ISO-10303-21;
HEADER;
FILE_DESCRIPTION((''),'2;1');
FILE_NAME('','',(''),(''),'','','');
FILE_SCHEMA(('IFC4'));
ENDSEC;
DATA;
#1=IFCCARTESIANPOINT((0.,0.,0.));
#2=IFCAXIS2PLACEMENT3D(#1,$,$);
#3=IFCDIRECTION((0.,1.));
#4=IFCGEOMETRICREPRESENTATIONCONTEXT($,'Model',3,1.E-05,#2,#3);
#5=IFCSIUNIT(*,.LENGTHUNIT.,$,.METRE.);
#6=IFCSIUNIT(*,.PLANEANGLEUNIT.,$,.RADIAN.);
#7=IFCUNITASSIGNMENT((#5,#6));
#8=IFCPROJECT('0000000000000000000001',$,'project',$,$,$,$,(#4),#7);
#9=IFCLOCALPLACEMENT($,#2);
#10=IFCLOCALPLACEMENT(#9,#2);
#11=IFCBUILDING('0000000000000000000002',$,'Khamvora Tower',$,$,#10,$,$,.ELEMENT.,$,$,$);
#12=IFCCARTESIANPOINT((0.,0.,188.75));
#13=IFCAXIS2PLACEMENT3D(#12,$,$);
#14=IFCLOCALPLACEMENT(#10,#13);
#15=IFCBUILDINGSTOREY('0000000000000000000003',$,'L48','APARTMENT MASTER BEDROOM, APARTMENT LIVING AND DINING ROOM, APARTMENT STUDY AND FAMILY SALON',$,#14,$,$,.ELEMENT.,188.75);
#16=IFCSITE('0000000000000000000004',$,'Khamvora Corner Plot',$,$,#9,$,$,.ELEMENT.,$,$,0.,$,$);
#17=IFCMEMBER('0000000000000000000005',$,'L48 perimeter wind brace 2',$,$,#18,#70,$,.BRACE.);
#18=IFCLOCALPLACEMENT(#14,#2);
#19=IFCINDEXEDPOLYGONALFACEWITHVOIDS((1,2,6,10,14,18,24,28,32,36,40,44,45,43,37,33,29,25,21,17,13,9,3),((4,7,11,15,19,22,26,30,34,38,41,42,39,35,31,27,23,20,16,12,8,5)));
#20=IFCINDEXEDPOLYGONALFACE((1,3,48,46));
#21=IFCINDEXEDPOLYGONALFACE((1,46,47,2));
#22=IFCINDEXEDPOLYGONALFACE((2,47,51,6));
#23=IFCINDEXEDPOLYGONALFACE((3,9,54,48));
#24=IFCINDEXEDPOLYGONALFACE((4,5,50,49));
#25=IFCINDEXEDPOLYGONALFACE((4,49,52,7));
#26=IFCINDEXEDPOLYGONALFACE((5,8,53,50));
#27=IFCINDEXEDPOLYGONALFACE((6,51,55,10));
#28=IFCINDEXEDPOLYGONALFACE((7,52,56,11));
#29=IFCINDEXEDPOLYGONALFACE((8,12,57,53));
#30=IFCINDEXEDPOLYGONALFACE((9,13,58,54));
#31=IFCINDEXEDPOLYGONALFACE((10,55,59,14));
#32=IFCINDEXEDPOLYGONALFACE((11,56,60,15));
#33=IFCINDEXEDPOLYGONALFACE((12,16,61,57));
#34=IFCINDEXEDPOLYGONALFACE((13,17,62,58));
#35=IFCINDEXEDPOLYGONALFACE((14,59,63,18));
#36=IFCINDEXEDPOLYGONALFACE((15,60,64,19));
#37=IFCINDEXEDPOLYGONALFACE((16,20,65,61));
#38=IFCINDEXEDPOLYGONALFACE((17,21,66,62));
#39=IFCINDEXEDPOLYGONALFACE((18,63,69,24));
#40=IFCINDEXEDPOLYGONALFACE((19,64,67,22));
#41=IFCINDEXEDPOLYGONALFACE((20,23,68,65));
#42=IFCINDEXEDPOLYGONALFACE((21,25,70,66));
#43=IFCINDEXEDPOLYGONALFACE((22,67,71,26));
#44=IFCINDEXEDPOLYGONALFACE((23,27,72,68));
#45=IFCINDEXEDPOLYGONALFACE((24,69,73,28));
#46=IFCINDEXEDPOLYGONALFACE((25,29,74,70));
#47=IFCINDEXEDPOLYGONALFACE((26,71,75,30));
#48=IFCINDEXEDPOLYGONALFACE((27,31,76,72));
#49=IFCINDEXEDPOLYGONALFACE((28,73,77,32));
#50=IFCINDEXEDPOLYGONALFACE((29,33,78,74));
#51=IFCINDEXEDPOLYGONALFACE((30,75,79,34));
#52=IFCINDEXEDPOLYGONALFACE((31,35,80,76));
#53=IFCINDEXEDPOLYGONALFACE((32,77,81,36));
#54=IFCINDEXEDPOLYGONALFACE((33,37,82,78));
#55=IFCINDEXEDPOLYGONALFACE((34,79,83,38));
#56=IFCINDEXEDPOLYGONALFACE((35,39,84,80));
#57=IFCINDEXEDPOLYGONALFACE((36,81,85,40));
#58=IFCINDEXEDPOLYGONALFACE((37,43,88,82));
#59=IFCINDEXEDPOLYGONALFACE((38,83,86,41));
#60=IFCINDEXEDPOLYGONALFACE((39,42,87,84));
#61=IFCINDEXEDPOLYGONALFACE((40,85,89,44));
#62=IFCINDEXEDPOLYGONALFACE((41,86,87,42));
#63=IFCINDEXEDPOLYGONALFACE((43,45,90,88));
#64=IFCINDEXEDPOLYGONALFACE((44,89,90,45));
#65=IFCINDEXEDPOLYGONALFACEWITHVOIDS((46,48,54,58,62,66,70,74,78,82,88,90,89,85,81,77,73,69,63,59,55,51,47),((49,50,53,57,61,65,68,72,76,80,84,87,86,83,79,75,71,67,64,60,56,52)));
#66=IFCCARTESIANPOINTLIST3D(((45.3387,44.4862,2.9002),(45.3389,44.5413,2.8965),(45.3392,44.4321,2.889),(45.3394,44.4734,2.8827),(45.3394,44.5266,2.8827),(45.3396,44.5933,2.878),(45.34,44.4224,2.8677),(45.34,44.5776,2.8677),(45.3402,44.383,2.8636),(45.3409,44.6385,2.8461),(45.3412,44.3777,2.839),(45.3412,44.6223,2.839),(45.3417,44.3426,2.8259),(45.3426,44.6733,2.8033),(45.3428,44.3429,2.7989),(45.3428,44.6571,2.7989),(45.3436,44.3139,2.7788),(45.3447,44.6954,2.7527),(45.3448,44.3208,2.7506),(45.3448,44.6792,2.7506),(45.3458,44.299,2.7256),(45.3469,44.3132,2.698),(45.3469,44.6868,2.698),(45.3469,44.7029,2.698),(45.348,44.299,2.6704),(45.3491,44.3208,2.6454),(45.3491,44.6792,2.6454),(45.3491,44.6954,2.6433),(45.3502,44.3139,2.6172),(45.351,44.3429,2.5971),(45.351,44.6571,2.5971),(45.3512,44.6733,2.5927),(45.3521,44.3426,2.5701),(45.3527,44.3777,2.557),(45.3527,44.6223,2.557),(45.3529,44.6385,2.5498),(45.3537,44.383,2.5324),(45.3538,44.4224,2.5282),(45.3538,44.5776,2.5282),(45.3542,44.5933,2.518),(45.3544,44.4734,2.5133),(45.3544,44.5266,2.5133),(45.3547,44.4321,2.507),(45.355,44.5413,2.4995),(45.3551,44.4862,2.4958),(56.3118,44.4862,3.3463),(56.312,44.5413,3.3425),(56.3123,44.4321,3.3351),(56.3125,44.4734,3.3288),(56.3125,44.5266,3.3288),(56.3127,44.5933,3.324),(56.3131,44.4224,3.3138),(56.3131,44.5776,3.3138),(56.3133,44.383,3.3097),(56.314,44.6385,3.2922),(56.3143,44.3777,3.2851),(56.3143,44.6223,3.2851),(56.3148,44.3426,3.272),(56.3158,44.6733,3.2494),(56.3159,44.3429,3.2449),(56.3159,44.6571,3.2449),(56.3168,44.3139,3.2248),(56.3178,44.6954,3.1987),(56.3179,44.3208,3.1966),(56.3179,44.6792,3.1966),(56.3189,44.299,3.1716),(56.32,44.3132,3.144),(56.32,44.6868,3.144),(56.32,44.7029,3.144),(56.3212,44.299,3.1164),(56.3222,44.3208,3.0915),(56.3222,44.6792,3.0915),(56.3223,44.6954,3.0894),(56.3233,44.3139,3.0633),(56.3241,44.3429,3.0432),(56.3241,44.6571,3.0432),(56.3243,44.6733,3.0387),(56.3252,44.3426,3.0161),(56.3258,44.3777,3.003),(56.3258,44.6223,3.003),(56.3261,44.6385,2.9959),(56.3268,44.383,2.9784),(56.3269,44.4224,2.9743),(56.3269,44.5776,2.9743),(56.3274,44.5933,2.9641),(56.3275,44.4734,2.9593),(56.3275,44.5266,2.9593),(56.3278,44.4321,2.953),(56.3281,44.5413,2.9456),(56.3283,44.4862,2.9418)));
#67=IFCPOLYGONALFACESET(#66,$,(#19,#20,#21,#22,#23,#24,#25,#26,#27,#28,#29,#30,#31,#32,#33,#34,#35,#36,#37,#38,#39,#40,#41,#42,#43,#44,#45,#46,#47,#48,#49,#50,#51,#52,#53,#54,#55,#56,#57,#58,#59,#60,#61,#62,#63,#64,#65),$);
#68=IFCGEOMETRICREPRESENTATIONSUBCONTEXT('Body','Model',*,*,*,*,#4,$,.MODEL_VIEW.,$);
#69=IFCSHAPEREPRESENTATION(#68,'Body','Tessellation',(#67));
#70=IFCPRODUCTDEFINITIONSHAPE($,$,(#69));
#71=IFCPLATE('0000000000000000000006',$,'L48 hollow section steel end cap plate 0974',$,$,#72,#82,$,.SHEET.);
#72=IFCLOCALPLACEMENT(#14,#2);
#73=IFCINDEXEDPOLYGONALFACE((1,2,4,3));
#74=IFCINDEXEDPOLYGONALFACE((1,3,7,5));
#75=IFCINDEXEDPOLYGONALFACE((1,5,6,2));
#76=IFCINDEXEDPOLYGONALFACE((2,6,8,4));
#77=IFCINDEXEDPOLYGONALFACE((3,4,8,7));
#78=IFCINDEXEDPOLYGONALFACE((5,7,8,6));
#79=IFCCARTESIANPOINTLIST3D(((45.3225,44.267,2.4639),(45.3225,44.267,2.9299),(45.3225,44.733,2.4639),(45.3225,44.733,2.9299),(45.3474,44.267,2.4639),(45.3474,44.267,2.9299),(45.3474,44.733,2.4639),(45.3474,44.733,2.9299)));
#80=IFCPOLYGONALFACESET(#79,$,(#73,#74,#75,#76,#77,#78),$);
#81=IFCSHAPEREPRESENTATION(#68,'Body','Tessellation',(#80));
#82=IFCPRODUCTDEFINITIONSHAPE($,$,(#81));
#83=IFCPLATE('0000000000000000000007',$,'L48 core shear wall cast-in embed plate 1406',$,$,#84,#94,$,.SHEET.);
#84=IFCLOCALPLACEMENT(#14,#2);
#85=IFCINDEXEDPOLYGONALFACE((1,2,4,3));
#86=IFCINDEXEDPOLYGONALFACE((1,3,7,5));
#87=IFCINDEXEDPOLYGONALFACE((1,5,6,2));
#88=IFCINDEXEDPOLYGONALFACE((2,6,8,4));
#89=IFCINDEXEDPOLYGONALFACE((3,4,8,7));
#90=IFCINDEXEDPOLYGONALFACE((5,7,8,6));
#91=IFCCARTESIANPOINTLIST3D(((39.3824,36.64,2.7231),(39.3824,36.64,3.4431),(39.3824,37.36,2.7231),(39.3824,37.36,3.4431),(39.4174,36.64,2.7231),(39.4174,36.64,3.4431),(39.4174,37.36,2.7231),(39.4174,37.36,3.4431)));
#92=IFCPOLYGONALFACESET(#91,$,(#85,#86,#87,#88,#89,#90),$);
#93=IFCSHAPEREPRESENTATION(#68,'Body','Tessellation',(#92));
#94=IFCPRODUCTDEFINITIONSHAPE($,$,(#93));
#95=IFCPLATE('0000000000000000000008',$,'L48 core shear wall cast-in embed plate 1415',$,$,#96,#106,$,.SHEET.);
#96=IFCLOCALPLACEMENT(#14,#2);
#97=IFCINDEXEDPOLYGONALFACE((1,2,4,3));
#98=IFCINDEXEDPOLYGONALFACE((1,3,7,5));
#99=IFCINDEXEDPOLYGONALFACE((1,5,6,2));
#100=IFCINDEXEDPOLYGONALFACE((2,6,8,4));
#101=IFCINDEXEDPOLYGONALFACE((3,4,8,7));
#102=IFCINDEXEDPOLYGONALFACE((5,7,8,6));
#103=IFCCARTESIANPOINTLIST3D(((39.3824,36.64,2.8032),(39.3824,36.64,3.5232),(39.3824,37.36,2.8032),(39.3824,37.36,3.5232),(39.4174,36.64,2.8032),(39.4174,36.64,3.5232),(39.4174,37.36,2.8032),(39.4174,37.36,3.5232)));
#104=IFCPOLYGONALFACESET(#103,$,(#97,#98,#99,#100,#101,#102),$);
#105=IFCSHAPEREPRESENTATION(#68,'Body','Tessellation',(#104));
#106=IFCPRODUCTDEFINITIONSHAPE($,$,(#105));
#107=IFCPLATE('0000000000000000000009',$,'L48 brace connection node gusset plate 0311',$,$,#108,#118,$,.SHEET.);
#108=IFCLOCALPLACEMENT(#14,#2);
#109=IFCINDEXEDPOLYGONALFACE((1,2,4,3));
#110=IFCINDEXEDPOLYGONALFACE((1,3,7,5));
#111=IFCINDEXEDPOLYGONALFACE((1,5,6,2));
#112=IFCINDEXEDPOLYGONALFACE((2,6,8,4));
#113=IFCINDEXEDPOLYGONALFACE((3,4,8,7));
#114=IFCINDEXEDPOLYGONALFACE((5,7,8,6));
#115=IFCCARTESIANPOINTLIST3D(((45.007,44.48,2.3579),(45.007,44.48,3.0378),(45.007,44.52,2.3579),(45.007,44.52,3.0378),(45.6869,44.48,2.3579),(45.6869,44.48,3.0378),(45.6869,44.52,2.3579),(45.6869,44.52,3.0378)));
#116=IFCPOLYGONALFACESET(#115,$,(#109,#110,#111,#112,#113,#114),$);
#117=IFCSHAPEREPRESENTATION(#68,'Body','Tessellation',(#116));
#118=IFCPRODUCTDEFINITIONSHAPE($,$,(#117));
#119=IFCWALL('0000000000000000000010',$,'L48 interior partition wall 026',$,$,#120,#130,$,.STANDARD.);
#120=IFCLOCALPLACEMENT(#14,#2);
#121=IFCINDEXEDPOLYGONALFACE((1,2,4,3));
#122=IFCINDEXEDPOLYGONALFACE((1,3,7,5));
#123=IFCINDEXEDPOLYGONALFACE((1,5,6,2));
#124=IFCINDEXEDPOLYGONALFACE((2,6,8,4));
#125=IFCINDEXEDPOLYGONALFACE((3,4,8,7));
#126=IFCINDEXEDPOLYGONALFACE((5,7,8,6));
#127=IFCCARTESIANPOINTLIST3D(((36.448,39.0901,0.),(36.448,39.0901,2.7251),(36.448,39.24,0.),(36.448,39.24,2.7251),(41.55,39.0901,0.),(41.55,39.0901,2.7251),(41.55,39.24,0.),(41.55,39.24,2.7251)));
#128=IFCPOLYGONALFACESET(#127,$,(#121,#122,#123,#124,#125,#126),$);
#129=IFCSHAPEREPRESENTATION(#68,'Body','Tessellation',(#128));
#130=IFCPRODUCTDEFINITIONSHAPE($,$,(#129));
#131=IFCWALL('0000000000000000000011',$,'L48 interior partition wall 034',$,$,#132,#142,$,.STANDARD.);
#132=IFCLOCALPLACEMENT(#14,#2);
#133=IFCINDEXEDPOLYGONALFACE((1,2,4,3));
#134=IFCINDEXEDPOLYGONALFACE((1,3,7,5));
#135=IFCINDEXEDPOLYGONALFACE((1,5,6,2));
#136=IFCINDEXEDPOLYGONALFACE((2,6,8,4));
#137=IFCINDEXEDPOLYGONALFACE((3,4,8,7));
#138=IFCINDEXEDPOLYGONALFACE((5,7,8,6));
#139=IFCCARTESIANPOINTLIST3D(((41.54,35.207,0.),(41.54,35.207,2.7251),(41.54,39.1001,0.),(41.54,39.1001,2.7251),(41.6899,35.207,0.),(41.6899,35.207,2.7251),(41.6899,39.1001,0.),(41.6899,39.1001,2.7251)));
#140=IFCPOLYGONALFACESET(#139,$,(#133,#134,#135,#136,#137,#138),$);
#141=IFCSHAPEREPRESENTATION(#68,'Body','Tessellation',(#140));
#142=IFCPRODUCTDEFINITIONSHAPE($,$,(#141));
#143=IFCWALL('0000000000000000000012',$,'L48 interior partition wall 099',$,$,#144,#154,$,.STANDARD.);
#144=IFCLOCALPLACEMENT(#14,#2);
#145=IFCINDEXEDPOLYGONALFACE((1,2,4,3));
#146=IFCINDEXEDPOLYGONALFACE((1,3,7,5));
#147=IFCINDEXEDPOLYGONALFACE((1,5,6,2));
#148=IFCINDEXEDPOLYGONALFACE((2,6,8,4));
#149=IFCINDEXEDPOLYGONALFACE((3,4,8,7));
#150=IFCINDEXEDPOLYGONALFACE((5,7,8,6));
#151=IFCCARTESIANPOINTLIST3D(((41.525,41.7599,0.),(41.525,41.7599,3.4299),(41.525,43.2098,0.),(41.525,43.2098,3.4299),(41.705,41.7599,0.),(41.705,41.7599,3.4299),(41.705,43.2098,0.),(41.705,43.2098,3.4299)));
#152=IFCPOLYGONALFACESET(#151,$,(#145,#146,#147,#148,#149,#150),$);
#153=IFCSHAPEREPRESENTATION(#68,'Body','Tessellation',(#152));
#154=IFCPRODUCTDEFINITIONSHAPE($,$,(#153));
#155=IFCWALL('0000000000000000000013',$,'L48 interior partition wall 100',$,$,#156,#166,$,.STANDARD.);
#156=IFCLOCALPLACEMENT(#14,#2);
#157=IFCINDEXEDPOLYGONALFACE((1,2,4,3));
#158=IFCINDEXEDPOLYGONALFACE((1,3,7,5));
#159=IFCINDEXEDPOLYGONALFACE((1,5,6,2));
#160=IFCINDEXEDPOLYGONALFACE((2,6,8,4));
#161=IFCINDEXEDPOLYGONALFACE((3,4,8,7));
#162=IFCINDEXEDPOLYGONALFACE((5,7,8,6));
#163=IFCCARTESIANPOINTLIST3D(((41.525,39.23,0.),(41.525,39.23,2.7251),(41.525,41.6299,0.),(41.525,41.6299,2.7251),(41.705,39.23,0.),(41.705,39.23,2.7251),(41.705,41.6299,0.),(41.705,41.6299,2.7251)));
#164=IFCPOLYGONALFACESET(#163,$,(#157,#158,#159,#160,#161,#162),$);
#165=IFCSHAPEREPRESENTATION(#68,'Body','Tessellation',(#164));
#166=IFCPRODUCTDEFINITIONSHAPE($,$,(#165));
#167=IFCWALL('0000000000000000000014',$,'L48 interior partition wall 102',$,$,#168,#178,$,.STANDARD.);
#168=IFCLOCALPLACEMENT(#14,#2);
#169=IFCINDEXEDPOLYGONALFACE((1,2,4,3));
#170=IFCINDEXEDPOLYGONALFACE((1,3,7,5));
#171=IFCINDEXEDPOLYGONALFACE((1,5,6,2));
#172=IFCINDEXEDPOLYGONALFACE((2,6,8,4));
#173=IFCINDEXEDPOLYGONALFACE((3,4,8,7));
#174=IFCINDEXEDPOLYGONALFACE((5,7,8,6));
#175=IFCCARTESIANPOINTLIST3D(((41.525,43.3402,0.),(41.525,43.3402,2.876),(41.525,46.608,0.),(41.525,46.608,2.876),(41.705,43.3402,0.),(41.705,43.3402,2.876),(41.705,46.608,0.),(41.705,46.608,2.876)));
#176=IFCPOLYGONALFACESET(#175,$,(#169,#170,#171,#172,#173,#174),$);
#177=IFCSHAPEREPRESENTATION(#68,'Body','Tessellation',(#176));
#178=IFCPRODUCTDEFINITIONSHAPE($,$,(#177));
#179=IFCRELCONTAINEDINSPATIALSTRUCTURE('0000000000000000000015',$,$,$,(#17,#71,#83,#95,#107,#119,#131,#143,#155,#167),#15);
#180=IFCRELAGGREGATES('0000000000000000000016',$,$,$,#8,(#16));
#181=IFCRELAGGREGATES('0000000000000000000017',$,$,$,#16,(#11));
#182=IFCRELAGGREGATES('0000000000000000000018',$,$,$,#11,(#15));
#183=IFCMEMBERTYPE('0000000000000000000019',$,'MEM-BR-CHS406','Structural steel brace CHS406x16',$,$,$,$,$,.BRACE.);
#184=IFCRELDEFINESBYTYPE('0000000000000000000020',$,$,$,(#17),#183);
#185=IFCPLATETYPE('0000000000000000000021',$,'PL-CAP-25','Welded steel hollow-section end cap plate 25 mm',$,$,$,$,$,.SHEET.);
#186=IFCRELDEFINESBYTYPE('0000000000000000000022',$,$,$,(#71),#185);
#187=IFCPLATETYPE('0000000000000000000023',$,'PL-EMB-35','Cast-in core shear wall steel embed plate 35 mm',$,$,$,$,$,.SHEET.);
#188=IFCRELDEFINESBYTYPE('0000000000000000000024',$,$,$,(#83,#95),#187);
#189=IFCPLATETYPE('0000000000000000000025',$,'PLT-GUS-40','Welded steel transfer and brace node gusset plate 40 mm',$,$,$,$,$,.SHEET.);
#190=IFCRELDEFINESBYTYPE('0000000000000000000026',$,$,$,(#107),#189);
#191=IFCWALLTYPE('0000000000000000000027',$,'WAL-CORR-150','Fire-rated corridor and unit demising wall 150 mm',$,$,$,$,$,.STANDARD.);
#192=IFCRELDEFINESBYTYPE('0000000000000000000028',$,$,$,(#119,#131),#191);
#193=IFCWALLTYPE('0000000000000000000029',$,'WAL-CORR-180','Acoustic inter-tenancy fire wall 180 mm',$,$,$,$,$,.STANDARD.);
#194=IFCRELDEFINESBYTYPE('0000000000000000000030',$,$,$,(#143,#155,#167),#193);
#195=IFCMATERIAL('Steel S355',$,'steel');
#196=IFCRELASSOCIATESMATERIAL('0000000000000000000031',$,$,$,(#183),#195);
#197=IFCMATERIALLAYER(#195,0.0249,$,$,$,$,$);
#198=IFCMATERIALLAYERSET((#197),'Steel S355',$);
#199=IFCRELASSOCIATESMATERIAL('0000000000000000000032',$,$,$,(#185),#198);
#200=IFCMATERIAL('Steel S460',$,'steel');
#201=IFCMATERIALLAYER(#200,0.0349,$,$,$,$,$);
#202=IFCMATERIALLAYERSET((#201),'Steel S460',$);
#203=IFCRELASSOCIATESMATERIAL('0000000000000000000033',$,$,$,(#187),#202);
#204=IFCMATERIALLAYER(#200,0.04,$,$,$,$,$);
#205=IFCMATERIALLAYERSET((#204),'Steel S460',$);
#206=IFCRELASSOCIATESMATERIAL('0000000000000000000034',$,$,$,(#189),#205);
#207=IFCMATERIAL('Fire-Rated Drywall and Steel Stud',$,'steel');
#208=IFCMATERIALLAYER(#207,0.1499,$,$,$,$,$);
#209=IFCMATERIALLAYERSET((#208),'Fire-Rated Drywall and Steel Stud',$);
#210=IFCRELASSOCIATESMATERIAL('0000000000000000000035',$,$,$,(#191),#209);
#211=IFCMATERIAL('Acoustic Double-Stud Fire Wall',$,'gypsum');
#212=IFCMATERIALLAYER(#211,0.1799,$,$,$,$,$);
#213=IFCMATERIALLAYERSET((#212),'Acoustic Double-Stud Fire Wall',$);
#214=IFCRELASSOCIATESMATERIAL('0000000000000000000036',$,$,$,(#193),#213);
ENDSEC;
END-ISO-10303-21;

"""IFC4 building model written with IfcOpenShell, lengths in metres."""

from ifc_helpers import new_model, si_unit, direction, frame, frame_2d, origin, origin_2d, place, context, subcontext, project, spatial, rectangle, hollow_circle, extrude, material, layer, layer_set, material_profile, profile_set, type_object, element, save


model = new_model("IFC4")

# Units and contexts
model_context = context("Model", 3, precision=1e-05, world=origin(), true_north=direction((0.0, 1.0)))
body_context = subcontext(model_context, "Body", "Model", "MODEL_VIEW")
ifc_project = project(units=[si_unit("LENGTHUNIT", "METRE"), si_unit("PLANEANGLEUNIT", "RADIAN")], contexts=[model_context])

# Site, building, storey
site_placement = place(None, origin())
site = spatial("IfcSite", under=ifc_project, at=site_placement, Name="Khamvora Corner Plot", CompositionType="ELEMENT", RefElevation=0.0)
building_placement = place(site_placement, origin())
building = spatial("IfcBuilding", under=site, at=building_placement, Name="Khamvora Tower", CompositionType="ELEMENT")
storey_placement = place(building_placement, frame((0.0, 0.0, 188.75)))
storey = spatial("IfcBuildingStorey", under=building, at=storey_placement, Name="L48", Description="APARTMENT MASTER BEDROOM, APARTMENT LIVING AND DINING ROOM, APARTMENT STUDY AND FAMILY SALON", CompositionType="ELEMENT", Elevation=188.75)

# Shared definitions
ifc_material_1 = material(Name="Steel S460", Category="steel")
ifc_material_2 = material(Name="Steel S355", Category="steel")

# Member
ifc_material_profile_1 = material_profile(ifc_material_2, hollow_circle(Radius=0.2029, WallThickness=0.0161, at=origin_2d()), Name="CHS406x16")
ifc_profile_set_1 = profile_set([ifc_material_profile_1], Name="Steel S355")
member_type = type_object("IfcMemberType", Name="MEM-BR-CHS406", Description="Structural steel brace CHS406x16", PredefinedType="BRACE", material=ifc_profile_set_1)
member_placement = place(storey_placement, frame((45.3469, 44.5, 2.698), z_axis=(0.999175, 0.0, 0.040615), x_axis=(0.0, 1.0, 0.0)))
element("IfcMember", 1, at=member_placement, inside=storey, type_object=member_type, Name="L48 perimeter wind brace 2", PredefinedType="BRACE", context=body_context, shape_type="SweptSolid", body=[
    extrude(hollow_circle(Radius=0.2029, WallThickness=0.0161, at=origin_2d()), origin(), (0.0, 0.0, 1.0), 10.9822),
])

# Plates
ifc_layer_1 = layer(ifc_material_2, 0.0249)
ifc_layer_set_1 = layer_set([ifc_layer_1], Name="Steel S355")
plate_type_1 = type_object("IfcPlateType", Name="PL-CAP-25", Description="Welded steel hollow-section end cap plate 25 mm", PredefinedType="SHEET", material=ifc_layer_set_1)
plate_1_placement = place(storey_placement, frame((45.335, 44.5, 2.4639), z_axis=(0.0, 0.0, 1.0), x_axis=(1.0, 0.0, 0.0)))
element("IfcPlate", 2, at=plate_1_placement, inside=storey, type_object=plate_type_1, Name="L48 hollow section steel end cap plate 0974", PredefinedType="SHEET", context=body_context, shape_type="SweptSolid", body=[
    extrude(rectangle(XDim=0.0249, YDim=0.4661, at=origin_2d()), origin(), (0.0, 0.0, 1.0), 0.4661),
])
ifc_layer_2 = layer(ifc_material_1, 0.0349)
ifc_layer_set_2 = layer_set([ifc_layer_2], Name="Steel S460")
plate_type_2 = type_object("IfcPlateType", Name="PL-EMB-35", Description="Cast-in core shear wall steel embed plate 35 mm", PredefinedType="SHEET", material=ifc_layer_set_2)
for number, where, z_axis, x_axis, name in (
    (3, (39.3999, 37.0, 2.7231), (0.0, 0.0, 1.0), (1.0, 0.0, 0.0), "L48 core shear wall cast-in embed plate 1406"),
    (4, (39.3999, 37.0, 2.8032), (0.0, 0.0, 1.0), (1.0, 0.0, 0.0), "L48 core shear wall cast-in embed plate 1415"),
):
    element("IfcPlate", number, at=place(storey_placement, frame(where, z_axis=z_axis, x_axis=x_axis)), inside=storey, type_object=plate_type_2, Name=name, PredefinedType="SHEET", context=body_context, shape_type="SweptSolid", body=[
        extrude(rectangle(XDim=0.0349, YDim=0.72, at=origin_2d()), origin(), (0.0, 0.0, 1.0), 0.72),
    ])
ifc_layer_3 = layer(ifc_material_1, 0.04)
ifc_layer_set_3 = layer_set([ifc_layer_3], Name="Steel S460")
plate_type_3 = type_object("IfcPlateType", Name="PLT-GUS-40", Description="Welded steel transfer and brace node gusset plate 40 mm", PredefinedType="SHEET", material=ifc_layer_set_3)
plate_2_placement = place(storey_placement, frame((45.3469, 44.5, 2.3579), z_axis=(0.0, 0.0, 1.0), x_axis=(1.0, 0.0, 0.0)))
element("IfcPlate", 5, at=plate_2_placement, inside=storey, type_object=plate_type_3, Name="L48 brace connection node gusset plate 0311", PredefinedType="SHEET", context=body_context, shape_type="SweptSolid", body=[
    extrude(rectangle(XDim=0.6799, YDim=0.04, at=origin_2d()), origin(), (0.0, 0.0, 1.0), 0.6799),
])

# Walls
ifc_material_3 = material(Name="Fire-Rated Drywall and Steel Stud", Category="steel")
ifc_layer_4 = layer(ifc_material_3, 0.1499)
ifc_layer_set_4 = layer_set([ifc_layer_4], Name="Fire-Rated Drywall and Steel Stud")
wall_type_1 = type_object("IfcWallType", Name="WAL-CORR-150", Description="Fire-rated corridor and unit demising wall 150 mm", PredefinedType="STANDARD", material=ifc_layer_set_4)
wall_1_placement = place(storey_placement, frame((36.448, 39.165, 0.0), z_axis=(0.0, 0.0, 1.0), x_axis=(1.0, 0.0, 0.0)))
element("IfcWall", 6, at=wall_1_placement, inside=storey, type_object=wall_type_1, Name="L48 interior partition wall 026", PredefinedType="STANDARD", context=body_context, shape_type="SweptSolid", body=[
    extrude(rectangle(XDim=5.1021, YDim=0.1499, at=frame_2d((2.551, 0.0))), origin(), (0.0, 0.0, 1.0), 2.7251),
])
wall_2_placement = place(storey_placement, frame((41.615, 39.1001, 0.0), z_axis=(0.0, 0.0, 1.0), x_axis=(0.0, -1.0, 0.0)))
element("IfcWall", 7, at=wall_2_placement, inside=storey, type_object=wall_type_1, Name="L48 interior partition wall 034", PredefinedType="STANDARD", context=body_context, shape_type="SweptSolid", body=[
    extrude(rectangle(XDim=3.8931, YDim=0.1499, at=frame_2d((1.9465, 0.0))), origin(), (0.0, 0.0, 1.0), 2.7251),
])
ifc_material_4 = material(Name="Acoustic Double-Stud Fire Wall", Category="gypsum")
ifc_layer_5 = layer(ifc_material_4, 0.1799)
ifc_layer_set_5 = layer_set([ifc_layer_5], Name="Acoustic Double-Stud Fire Wall")
wall_type_2 = type_object("IfcWallType", Name="WAL-CORR-180", Description="Acoustic inter-tenancy fire wall 180 mm", PredefinedType="STANDARD", material=ifc_layer_set_5)
wall_3_placement = place(storey_placement, frame((41.615, 43.21, 0.0), z_axis=(0.0, 0.0, 1.0), x_axis=(0.0, -1.0, 0.0)))
element("IfcWall", 8, at=wall_3_placement, inside=storey, type_object=wall_type_2, Name="L48 interior partition wall 099", PredefinedType="STANDARD", context=body_context, shape_type="SweptSolid", body=[
    extrude(rectangle(XDim=1.45, YDim=0.1799, at=frame_2d((0.7251, 0.0))), origin(), (0.0, 0.0, 1.0), 3.4299),
])
wall_4_placement = place(storey_placement, frame((41.615, 41.6299, 0.0), z_axis=(0.0, 0.0, 1.0), x_axis=(0.0, -1.0, 0.0)))
element("IfcWall", 9, at=wall_4_placement, inside=storey, type_object=wall_type_2, Name="L48 interior partition wall 100", PredefinedType="STANDARD", context=body_context, shape_type="SweptSolid", body=[
    extrude(rectangle(XDim=2.3999, YDim=0.1799, at=frame_2d((1.2, 0.0))), origin(), (0.0, 0.0, 1.0), 2.7251),
])
wall_5_placement = place(storey_placement, frame((41.615, 46.6079, 0.0), z_axis=(0.0, 0.0, 1.0), x_axis=(0.0, -1.0, 0.0)))
element("IfcWall", 10, at=wall_5_placement, inside=storey, type_object=wall_type_2, Name="L48 interior partition wall 102", PredefinedType="STANDARD", context=body_context, shape_type="SweptSolid", body=[
    extrude(rectangle(XDim=3.2678, YDim=0.1799, at=frame_2d((1.6338, 0.0))), origin(), (0.0, 0.0, 1.0), 2.876),
])

save(model, "model.ifc")
